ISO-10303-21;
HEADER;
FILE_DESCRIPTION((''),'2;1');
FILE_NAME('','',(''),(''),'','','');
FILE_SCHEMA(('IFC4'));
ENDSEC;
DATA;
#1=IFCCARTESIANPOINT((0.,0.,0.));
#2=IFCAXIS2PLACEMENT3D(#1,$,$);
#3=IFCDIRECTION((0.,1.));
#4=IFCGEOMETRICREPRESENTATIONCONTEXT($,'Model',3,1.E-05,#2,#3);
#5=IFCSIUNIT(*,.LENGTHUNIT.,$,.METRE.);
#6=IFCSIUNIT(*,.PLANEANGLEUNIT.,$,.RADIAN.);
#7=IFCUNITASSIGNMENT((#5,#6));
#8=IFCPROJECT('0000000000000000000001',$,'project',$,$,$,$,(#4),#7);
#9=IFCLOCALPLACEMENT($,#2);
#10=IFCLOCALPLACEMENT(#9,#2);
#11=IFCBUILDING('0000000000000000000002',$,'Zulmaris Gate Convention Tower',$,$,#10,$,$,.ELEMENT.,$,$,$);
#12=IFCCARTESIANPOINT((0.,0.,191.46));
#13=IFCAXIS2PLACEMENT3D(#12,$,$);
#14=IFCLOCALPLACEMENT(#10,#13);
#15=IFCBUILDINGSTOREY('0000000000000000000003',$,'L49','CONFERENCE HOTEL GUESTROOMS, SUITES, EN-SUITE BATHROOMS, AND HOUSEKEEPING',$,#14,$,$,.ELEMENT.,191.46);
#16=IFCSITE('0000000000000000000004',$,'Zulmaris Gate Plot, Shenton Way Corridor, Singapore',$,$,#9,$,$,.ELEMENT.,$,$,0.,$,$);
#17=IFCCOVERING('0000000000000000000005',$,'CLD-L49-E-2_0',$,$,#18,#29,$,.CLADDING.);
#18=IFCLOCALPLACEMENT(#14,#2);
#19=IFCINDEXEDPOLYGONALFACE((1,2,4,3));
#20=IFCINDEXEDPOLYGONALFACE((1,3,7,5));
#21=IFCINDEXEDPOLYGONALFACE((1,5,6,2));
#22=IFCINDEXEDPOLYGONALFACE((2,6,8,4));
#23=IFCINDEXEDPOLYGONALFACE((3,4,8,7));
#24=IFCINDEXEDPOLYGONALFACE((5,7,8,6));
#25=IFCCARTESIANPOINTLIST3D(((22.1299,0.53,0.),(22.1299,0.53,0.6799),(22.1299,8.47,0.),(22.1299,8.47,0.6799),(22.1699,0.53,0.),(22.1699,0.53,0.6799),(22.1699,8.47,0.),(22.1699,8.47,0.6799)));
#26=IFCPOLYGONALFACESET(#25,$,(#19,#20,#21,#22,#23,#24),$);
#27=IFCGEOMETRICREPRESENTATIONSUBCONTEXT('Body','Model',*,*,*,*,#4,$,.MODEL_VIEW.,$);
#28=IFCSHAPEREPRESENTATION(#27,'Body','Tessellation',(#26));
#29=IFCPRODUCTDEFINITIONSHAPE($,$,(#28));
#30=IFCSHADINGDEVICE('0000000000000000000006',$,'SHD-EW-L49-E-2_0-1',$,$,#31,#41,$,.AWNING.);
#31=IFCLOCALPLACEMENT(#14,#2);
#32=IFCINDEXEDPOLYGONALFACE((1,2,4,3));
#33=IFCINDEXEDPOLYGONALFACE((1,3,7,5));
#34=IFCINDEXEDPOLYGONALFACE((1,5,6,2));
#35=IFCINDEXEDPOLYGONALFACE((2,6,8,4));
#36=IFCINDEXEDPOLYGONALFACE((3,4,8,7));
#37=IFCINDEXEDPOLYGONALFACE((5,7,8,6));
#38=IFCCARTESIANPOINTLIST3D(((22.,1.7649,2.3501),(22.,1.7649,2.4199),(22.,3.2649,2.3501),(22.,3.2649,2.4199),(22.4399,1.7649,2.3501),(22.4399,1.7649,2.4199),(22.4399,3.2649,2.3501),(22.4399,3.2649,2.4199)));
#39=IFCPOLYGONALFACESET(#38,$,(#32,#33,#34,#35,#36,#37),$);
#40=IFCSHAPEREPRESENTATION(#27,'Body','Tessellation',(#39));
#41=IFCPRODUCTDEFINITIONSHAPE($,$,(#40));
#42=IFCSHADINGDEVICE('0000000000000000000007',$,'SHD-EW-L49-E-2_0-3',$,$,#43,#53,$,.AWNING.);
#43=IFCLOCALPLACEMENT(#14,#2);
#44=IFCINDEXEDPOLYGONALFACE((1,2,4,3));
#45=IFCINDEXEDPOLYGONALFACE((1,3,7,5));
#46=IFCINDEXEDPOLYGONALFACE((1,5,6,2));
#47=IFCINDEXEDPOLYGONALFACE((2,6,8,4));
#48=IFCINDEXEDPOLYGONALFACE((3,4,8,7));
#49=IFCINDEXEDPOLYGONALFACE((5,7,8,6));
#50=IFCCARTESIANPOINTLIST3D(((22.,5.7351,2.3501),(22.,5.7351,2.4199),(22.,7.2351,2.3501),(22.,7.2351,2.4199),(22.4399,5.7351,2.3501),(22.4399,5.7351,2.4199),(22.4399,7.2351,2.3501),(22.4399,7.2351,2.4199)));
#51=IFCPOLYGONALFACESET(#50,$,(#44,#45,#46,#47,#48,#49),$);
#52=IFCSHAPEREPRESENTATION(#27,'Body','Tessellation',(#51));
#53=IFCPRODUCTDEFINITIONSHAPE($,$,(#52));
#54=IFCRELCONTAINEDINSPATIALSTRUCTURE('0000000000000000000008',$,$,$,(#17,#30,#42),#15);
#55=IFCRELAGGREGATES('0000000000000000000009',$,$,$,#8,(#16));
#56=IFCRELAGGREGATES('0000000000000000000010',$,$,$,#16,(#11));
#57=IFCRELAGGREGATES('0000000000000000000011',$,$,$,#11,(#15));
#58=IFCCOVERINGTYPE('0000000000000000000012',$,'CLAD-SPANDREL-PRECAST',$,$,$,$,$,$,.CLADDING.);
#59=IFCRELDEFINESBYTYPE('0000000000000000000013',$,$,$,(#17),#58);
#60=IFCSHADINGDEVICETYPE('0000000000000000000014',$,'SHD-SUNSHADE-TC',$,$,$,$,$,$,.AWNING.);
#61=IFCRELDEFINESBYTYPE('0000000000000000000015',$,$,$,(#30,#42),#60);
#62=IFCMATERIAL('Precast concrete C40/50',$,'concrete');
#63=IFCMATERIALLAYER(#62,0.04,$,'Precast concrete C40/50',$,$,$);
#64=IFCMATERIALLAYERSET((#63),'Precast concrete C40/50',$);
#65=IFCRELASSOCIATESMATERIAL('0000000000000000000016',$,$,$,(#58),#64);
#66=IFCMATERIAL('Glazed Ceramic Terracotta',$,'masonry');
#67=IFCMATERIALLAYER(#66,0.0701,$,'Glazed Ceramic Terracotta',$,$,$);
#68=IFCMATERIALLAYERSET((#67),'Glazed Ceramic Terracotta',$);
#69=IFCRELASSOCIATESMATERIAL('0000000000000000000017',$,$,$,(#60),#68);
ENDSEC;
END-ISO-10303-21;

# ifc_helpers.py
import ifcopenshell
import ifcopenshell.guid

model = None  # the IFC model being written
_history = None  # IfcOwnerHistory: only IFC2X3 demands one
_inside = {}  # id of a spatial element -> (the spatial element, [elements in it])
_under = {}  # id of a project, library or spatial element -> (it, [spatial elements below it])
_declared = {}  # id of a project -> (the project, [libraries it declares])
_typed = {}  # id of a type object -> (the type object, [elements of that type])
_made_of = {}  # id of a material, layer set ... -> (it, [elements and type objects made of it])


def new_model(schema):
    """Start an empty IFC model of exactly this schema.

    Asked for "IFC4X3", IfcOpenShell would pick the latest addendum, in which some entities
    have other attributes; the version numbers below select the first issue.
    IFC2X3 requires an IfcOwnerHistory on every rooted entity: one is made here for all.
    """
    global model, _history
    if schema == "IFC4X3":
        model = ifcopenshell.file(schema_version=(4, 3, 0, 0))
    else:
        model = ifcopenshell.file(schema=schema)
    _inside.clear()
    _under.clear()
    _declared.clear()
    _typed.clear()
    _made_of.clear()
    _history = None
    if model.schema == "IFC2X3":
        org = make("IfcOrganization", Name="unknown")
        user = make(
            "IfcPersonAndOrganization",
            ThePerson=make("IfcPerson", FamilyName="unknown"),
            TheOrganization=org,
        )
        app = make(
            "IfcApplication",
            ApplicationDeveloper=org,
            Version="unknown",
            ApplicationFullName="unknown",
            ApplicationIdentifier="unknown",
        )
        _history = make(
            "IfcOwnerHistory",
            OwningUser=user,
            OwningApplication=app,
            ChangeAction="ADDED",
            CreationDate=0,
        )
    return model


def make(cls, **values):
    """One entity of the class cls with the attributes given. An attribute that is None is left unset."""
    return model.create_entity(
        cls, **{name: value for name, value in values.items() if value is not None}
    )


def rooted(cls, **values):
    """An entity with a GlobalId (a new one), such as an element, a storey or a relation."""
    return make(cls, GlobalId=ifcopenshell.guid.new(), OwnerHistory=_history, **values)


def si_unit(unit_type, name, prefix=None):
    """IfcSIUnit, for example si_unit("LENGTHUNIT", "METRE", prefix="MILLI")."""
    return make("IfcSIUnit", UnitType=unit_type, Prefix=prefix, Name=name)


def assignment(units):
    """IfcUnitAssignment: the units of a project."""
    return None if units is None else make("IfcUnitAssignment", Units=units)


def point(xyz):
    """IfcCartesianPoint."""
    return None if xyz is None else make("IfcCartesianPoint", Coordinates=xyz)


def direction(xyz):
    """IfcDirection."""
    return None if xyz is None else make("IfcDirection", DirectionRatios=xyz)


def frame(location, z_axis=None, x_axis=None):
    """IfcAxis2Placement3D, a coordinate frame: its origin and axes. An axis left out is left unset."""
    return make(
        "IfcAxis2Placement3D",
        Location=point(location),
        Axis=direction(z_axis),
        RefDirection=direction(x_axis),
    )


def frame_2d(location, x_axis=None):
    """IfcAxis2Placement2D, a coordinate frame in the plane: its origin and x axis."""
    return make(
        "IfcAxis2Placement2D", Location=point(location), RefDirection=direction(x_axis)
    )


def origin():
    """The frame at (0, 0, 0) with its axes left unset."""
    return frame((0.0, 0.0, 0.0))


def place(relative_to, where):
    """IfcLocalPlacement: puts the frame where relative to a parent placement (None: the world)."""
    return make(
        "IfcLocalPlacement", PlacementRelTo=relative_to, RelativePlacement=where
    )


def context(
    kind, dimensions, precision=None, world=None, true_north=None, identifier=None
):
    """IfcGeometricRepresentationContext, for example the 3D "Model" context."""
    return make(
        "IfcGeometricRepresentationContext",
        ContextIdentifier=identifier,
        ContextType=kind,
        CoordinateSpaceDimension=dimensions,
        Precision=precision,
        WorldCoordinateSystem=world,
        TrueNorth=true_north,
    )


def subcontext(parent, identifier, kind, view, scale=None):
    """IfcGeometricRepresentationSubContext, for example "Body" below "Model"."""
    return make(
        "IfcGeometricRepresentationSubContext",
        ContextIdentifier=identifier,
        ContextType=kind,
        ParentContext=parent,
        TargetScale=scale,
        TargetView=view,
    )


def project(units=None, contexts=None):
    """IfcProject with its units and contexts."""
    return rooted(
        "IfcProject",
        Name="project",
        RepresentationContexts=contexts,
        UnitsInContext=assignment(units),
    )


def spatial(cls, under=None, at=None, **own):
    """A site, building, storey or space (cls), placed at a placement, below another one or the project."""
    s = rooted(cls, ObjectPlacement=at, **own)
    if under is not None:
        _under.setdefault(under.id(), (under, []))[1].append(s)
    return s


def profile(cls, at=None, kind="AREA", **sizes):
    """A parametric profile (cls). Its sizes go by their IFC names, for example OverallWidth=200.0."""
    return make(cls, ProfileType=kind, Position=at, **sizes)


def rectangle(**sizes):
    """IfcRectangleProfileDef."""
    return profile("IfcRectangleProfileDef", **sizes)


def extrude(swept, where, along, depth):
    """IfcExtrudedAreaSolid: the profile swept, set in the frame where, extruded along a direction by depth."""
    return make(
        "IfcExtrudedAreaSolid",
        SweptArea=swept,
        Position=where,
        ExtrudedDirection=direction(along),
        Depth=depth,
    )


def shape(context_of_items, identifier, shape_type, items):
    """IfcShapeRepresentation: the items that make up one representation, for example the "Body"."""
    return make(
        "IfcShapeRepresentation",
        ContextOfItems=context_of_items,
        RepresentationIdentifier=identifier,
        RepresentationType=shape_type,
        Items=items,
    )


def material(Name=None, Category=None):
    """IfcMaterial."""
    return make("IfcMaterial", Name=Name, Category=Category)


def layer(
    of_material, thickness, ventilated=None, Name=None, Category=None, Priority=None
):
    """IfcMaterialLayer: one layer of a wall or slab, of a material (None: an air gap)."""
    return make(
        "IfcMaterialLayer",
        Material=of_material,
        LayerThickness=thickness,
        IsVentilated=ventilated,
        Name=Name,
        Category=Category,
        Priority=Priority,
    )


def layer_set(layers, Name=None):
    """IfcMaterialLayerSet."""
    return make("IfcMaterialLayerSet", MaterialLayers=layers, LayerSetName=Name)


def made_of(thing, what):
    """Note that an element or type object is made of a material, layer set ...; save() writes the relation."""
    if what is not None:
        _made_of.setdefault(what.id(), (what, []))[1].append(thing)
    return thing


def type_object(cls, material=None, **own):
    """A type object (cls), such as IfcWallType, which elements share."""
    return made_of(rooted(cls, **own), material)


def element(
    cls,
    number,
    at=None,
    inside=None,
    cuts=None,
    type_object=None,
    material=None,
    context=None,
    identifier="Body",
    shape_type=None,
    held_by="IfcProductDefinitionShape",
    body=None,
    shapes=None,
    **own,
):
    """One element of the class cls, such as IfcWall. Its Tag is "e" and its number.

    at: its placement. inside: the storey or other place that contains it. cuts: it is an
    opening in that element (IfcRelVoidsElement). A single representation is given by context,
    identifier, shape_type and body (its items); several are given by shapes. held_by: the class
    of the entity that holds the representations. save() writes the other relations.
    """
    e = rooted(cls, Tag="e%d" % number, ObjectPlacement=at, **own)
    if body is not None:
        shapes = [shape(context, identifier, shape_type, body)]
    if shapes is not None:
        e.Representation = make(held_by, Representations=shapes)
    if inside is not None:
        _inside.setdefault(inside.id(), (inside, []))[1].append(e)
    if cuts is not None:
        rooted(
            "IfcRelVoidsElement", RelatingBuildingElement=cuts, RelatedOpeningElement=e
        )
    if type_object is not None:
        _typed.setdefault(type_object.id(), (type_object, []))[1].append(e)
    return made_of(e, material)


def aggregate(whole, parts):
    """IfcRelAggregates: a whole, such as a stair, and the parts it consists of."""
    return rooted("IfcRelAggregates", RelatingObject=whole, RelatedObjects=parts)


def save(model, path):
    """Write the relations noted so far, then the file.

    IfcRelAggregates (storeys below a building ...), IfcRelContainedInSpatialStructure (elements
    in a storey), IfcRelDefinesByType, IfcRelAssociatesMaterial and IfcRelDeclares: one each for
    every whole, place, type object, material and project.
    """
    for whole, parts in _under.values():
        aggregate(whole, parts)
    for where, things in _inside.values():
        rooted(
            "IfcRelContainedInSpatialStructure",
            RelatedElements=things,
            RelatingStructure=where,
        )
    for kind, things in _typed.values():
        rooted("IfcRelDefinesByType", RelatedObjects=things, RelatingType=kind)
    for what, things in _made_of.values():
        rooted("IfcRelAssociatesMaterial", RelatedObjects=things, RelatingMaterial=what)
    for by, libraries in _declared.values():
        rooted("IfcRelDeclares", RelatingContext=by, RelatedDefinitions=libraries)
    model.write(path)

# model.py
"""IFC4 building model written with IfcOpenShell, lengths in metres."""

from ifc_helpers import new_model, si_unit, direction, frame, frame_2d, origin, place, context, subcontext, project, spatial, rectangle, extrude, material, layer, layer_set, type_object, element, save


model = new_model("IFC4")

# Units and contexts
model_context = context("Model", 3, precision=1e-05, world=origin(), true_north=direction((0.0, 1.0)))
body_context = subcontext(model_context, "Body", "Model", "MODEL_VIEW")
ifc_project = project(units=[si_unit("LENGTHUNIT", "METRE"), si_unit("PLANEANGLEUNIT", "RADIAN")], contexts=[model_context])

# Site, building, storey
site_placement = place(None, origin())
site = spatial("IfcSite", under=ifc_project, at=site_placement, Name="Zulmaris Gate Plot, Shenton Way Corridor, Singapore", CompositionType="ELEMENT", RefElevation=0.0)
building_placement = place(site_placement, origin())
building = spatial("IfcBuilding", under=site, at=building_placement, Name="Zulmaris Gate Convention Tower", CompositionType="ELEMENT")
storey_placement = place(building_placement, frame((0.0, 0.0, 191.46)))
storey = spatial("IfcBuildingStorey", under=building, at=storey_placement, Name="L49", Description="CONFERENCE HOTEL GUESTROOMS, SUITES, EN-SUITE BATHROOMS, AND HOUSEKEEPING", CompositionType="ELEMENT", Elevation=191.46)

# Shared definitions
ifc_material_1 = material(Name="Precast concrete C40/50", Category="concrete")

# Covering
ifc_layer_1 = layer(ifc_material_1, 0.04, Name="Precast concrete C40/50")
ifc_layer_set_1 = layer_set([ifc_layer_1], Name="Precast concrete C40/50")
covering_type = type_object("IfcCoveringType", Name="CLAD-SPANDREL-PRECAST", PredefinedType="CLADDING", material=ifc_layer_set_1)
covering_placement = place(storey_placement, frame((22.1499, 0.53, 0.0), z_axis=(0.0, 0.0, 1.0), x_axis=(0.0, 1.0, 0.0)))
element("IfcCovering", 1, at=covering_placement, inside=storey, type_object=covering_type, Name="CLD-L49-E-2_0", PredefinedType="CLADDING", context=body_context, shape_type="SweptSolid", body=[
    extrude(rectangle(XDim=7.9399, YDim=0.04, at=frame_2d((3.97, 0.0))), origin(), (0.0, 0.0, 1.0), 0.6799),
])

# Shading devices
ifc_material_2 = material(Name="Glazed Ceramic Terracotta", Category="masonry")
ifc_layer_2 = layer(ifc_material_2, 0.0701, Name="Glazed Ceramic Terracotta")
ifc_layer_set_2 = layer_set([ifc_layer_2], Name="Glazed Ceramic Terracotta")
shading_device_type = type_object("IfcShadingDeviceType", Name="SHD-SUNSHADE-TC", PredefinedType="AWNING", material=ifc_layer_set_2)
for number, where, z_axis, x_axis, name in (
    (2, (22.22, 1.7649, 2.3501), (0.0, 0.0, 1.0), (0.0, 1.0, 0.0), "SHD-EW-L49-E-2_0-1"),
    (3, (22.22, 5.7351, 2.3501), (0.0, 0.0, 1.0), (0.0, 1.0, 0.0), "SHD-EW-L49-E-2_0-3"),
):
    element("IfcShadingDevice", number, at=place(storey_placement, frame(where, z_axis=z_axis, x_axis=x_axis)), inside=storey, type_object=shading_device_type, Name=name, PredefinedType="AWNING", context=body_context, shape_type="SweptSolid", body=[
        extrude(rectangle(XDim=1.5, YDim=0.4399, at=frame_2d((0.75, 0.0))), origin(), (0.0, 0.0, 1.0), 0.0698),
    ])

save(model, "model.ifc")
